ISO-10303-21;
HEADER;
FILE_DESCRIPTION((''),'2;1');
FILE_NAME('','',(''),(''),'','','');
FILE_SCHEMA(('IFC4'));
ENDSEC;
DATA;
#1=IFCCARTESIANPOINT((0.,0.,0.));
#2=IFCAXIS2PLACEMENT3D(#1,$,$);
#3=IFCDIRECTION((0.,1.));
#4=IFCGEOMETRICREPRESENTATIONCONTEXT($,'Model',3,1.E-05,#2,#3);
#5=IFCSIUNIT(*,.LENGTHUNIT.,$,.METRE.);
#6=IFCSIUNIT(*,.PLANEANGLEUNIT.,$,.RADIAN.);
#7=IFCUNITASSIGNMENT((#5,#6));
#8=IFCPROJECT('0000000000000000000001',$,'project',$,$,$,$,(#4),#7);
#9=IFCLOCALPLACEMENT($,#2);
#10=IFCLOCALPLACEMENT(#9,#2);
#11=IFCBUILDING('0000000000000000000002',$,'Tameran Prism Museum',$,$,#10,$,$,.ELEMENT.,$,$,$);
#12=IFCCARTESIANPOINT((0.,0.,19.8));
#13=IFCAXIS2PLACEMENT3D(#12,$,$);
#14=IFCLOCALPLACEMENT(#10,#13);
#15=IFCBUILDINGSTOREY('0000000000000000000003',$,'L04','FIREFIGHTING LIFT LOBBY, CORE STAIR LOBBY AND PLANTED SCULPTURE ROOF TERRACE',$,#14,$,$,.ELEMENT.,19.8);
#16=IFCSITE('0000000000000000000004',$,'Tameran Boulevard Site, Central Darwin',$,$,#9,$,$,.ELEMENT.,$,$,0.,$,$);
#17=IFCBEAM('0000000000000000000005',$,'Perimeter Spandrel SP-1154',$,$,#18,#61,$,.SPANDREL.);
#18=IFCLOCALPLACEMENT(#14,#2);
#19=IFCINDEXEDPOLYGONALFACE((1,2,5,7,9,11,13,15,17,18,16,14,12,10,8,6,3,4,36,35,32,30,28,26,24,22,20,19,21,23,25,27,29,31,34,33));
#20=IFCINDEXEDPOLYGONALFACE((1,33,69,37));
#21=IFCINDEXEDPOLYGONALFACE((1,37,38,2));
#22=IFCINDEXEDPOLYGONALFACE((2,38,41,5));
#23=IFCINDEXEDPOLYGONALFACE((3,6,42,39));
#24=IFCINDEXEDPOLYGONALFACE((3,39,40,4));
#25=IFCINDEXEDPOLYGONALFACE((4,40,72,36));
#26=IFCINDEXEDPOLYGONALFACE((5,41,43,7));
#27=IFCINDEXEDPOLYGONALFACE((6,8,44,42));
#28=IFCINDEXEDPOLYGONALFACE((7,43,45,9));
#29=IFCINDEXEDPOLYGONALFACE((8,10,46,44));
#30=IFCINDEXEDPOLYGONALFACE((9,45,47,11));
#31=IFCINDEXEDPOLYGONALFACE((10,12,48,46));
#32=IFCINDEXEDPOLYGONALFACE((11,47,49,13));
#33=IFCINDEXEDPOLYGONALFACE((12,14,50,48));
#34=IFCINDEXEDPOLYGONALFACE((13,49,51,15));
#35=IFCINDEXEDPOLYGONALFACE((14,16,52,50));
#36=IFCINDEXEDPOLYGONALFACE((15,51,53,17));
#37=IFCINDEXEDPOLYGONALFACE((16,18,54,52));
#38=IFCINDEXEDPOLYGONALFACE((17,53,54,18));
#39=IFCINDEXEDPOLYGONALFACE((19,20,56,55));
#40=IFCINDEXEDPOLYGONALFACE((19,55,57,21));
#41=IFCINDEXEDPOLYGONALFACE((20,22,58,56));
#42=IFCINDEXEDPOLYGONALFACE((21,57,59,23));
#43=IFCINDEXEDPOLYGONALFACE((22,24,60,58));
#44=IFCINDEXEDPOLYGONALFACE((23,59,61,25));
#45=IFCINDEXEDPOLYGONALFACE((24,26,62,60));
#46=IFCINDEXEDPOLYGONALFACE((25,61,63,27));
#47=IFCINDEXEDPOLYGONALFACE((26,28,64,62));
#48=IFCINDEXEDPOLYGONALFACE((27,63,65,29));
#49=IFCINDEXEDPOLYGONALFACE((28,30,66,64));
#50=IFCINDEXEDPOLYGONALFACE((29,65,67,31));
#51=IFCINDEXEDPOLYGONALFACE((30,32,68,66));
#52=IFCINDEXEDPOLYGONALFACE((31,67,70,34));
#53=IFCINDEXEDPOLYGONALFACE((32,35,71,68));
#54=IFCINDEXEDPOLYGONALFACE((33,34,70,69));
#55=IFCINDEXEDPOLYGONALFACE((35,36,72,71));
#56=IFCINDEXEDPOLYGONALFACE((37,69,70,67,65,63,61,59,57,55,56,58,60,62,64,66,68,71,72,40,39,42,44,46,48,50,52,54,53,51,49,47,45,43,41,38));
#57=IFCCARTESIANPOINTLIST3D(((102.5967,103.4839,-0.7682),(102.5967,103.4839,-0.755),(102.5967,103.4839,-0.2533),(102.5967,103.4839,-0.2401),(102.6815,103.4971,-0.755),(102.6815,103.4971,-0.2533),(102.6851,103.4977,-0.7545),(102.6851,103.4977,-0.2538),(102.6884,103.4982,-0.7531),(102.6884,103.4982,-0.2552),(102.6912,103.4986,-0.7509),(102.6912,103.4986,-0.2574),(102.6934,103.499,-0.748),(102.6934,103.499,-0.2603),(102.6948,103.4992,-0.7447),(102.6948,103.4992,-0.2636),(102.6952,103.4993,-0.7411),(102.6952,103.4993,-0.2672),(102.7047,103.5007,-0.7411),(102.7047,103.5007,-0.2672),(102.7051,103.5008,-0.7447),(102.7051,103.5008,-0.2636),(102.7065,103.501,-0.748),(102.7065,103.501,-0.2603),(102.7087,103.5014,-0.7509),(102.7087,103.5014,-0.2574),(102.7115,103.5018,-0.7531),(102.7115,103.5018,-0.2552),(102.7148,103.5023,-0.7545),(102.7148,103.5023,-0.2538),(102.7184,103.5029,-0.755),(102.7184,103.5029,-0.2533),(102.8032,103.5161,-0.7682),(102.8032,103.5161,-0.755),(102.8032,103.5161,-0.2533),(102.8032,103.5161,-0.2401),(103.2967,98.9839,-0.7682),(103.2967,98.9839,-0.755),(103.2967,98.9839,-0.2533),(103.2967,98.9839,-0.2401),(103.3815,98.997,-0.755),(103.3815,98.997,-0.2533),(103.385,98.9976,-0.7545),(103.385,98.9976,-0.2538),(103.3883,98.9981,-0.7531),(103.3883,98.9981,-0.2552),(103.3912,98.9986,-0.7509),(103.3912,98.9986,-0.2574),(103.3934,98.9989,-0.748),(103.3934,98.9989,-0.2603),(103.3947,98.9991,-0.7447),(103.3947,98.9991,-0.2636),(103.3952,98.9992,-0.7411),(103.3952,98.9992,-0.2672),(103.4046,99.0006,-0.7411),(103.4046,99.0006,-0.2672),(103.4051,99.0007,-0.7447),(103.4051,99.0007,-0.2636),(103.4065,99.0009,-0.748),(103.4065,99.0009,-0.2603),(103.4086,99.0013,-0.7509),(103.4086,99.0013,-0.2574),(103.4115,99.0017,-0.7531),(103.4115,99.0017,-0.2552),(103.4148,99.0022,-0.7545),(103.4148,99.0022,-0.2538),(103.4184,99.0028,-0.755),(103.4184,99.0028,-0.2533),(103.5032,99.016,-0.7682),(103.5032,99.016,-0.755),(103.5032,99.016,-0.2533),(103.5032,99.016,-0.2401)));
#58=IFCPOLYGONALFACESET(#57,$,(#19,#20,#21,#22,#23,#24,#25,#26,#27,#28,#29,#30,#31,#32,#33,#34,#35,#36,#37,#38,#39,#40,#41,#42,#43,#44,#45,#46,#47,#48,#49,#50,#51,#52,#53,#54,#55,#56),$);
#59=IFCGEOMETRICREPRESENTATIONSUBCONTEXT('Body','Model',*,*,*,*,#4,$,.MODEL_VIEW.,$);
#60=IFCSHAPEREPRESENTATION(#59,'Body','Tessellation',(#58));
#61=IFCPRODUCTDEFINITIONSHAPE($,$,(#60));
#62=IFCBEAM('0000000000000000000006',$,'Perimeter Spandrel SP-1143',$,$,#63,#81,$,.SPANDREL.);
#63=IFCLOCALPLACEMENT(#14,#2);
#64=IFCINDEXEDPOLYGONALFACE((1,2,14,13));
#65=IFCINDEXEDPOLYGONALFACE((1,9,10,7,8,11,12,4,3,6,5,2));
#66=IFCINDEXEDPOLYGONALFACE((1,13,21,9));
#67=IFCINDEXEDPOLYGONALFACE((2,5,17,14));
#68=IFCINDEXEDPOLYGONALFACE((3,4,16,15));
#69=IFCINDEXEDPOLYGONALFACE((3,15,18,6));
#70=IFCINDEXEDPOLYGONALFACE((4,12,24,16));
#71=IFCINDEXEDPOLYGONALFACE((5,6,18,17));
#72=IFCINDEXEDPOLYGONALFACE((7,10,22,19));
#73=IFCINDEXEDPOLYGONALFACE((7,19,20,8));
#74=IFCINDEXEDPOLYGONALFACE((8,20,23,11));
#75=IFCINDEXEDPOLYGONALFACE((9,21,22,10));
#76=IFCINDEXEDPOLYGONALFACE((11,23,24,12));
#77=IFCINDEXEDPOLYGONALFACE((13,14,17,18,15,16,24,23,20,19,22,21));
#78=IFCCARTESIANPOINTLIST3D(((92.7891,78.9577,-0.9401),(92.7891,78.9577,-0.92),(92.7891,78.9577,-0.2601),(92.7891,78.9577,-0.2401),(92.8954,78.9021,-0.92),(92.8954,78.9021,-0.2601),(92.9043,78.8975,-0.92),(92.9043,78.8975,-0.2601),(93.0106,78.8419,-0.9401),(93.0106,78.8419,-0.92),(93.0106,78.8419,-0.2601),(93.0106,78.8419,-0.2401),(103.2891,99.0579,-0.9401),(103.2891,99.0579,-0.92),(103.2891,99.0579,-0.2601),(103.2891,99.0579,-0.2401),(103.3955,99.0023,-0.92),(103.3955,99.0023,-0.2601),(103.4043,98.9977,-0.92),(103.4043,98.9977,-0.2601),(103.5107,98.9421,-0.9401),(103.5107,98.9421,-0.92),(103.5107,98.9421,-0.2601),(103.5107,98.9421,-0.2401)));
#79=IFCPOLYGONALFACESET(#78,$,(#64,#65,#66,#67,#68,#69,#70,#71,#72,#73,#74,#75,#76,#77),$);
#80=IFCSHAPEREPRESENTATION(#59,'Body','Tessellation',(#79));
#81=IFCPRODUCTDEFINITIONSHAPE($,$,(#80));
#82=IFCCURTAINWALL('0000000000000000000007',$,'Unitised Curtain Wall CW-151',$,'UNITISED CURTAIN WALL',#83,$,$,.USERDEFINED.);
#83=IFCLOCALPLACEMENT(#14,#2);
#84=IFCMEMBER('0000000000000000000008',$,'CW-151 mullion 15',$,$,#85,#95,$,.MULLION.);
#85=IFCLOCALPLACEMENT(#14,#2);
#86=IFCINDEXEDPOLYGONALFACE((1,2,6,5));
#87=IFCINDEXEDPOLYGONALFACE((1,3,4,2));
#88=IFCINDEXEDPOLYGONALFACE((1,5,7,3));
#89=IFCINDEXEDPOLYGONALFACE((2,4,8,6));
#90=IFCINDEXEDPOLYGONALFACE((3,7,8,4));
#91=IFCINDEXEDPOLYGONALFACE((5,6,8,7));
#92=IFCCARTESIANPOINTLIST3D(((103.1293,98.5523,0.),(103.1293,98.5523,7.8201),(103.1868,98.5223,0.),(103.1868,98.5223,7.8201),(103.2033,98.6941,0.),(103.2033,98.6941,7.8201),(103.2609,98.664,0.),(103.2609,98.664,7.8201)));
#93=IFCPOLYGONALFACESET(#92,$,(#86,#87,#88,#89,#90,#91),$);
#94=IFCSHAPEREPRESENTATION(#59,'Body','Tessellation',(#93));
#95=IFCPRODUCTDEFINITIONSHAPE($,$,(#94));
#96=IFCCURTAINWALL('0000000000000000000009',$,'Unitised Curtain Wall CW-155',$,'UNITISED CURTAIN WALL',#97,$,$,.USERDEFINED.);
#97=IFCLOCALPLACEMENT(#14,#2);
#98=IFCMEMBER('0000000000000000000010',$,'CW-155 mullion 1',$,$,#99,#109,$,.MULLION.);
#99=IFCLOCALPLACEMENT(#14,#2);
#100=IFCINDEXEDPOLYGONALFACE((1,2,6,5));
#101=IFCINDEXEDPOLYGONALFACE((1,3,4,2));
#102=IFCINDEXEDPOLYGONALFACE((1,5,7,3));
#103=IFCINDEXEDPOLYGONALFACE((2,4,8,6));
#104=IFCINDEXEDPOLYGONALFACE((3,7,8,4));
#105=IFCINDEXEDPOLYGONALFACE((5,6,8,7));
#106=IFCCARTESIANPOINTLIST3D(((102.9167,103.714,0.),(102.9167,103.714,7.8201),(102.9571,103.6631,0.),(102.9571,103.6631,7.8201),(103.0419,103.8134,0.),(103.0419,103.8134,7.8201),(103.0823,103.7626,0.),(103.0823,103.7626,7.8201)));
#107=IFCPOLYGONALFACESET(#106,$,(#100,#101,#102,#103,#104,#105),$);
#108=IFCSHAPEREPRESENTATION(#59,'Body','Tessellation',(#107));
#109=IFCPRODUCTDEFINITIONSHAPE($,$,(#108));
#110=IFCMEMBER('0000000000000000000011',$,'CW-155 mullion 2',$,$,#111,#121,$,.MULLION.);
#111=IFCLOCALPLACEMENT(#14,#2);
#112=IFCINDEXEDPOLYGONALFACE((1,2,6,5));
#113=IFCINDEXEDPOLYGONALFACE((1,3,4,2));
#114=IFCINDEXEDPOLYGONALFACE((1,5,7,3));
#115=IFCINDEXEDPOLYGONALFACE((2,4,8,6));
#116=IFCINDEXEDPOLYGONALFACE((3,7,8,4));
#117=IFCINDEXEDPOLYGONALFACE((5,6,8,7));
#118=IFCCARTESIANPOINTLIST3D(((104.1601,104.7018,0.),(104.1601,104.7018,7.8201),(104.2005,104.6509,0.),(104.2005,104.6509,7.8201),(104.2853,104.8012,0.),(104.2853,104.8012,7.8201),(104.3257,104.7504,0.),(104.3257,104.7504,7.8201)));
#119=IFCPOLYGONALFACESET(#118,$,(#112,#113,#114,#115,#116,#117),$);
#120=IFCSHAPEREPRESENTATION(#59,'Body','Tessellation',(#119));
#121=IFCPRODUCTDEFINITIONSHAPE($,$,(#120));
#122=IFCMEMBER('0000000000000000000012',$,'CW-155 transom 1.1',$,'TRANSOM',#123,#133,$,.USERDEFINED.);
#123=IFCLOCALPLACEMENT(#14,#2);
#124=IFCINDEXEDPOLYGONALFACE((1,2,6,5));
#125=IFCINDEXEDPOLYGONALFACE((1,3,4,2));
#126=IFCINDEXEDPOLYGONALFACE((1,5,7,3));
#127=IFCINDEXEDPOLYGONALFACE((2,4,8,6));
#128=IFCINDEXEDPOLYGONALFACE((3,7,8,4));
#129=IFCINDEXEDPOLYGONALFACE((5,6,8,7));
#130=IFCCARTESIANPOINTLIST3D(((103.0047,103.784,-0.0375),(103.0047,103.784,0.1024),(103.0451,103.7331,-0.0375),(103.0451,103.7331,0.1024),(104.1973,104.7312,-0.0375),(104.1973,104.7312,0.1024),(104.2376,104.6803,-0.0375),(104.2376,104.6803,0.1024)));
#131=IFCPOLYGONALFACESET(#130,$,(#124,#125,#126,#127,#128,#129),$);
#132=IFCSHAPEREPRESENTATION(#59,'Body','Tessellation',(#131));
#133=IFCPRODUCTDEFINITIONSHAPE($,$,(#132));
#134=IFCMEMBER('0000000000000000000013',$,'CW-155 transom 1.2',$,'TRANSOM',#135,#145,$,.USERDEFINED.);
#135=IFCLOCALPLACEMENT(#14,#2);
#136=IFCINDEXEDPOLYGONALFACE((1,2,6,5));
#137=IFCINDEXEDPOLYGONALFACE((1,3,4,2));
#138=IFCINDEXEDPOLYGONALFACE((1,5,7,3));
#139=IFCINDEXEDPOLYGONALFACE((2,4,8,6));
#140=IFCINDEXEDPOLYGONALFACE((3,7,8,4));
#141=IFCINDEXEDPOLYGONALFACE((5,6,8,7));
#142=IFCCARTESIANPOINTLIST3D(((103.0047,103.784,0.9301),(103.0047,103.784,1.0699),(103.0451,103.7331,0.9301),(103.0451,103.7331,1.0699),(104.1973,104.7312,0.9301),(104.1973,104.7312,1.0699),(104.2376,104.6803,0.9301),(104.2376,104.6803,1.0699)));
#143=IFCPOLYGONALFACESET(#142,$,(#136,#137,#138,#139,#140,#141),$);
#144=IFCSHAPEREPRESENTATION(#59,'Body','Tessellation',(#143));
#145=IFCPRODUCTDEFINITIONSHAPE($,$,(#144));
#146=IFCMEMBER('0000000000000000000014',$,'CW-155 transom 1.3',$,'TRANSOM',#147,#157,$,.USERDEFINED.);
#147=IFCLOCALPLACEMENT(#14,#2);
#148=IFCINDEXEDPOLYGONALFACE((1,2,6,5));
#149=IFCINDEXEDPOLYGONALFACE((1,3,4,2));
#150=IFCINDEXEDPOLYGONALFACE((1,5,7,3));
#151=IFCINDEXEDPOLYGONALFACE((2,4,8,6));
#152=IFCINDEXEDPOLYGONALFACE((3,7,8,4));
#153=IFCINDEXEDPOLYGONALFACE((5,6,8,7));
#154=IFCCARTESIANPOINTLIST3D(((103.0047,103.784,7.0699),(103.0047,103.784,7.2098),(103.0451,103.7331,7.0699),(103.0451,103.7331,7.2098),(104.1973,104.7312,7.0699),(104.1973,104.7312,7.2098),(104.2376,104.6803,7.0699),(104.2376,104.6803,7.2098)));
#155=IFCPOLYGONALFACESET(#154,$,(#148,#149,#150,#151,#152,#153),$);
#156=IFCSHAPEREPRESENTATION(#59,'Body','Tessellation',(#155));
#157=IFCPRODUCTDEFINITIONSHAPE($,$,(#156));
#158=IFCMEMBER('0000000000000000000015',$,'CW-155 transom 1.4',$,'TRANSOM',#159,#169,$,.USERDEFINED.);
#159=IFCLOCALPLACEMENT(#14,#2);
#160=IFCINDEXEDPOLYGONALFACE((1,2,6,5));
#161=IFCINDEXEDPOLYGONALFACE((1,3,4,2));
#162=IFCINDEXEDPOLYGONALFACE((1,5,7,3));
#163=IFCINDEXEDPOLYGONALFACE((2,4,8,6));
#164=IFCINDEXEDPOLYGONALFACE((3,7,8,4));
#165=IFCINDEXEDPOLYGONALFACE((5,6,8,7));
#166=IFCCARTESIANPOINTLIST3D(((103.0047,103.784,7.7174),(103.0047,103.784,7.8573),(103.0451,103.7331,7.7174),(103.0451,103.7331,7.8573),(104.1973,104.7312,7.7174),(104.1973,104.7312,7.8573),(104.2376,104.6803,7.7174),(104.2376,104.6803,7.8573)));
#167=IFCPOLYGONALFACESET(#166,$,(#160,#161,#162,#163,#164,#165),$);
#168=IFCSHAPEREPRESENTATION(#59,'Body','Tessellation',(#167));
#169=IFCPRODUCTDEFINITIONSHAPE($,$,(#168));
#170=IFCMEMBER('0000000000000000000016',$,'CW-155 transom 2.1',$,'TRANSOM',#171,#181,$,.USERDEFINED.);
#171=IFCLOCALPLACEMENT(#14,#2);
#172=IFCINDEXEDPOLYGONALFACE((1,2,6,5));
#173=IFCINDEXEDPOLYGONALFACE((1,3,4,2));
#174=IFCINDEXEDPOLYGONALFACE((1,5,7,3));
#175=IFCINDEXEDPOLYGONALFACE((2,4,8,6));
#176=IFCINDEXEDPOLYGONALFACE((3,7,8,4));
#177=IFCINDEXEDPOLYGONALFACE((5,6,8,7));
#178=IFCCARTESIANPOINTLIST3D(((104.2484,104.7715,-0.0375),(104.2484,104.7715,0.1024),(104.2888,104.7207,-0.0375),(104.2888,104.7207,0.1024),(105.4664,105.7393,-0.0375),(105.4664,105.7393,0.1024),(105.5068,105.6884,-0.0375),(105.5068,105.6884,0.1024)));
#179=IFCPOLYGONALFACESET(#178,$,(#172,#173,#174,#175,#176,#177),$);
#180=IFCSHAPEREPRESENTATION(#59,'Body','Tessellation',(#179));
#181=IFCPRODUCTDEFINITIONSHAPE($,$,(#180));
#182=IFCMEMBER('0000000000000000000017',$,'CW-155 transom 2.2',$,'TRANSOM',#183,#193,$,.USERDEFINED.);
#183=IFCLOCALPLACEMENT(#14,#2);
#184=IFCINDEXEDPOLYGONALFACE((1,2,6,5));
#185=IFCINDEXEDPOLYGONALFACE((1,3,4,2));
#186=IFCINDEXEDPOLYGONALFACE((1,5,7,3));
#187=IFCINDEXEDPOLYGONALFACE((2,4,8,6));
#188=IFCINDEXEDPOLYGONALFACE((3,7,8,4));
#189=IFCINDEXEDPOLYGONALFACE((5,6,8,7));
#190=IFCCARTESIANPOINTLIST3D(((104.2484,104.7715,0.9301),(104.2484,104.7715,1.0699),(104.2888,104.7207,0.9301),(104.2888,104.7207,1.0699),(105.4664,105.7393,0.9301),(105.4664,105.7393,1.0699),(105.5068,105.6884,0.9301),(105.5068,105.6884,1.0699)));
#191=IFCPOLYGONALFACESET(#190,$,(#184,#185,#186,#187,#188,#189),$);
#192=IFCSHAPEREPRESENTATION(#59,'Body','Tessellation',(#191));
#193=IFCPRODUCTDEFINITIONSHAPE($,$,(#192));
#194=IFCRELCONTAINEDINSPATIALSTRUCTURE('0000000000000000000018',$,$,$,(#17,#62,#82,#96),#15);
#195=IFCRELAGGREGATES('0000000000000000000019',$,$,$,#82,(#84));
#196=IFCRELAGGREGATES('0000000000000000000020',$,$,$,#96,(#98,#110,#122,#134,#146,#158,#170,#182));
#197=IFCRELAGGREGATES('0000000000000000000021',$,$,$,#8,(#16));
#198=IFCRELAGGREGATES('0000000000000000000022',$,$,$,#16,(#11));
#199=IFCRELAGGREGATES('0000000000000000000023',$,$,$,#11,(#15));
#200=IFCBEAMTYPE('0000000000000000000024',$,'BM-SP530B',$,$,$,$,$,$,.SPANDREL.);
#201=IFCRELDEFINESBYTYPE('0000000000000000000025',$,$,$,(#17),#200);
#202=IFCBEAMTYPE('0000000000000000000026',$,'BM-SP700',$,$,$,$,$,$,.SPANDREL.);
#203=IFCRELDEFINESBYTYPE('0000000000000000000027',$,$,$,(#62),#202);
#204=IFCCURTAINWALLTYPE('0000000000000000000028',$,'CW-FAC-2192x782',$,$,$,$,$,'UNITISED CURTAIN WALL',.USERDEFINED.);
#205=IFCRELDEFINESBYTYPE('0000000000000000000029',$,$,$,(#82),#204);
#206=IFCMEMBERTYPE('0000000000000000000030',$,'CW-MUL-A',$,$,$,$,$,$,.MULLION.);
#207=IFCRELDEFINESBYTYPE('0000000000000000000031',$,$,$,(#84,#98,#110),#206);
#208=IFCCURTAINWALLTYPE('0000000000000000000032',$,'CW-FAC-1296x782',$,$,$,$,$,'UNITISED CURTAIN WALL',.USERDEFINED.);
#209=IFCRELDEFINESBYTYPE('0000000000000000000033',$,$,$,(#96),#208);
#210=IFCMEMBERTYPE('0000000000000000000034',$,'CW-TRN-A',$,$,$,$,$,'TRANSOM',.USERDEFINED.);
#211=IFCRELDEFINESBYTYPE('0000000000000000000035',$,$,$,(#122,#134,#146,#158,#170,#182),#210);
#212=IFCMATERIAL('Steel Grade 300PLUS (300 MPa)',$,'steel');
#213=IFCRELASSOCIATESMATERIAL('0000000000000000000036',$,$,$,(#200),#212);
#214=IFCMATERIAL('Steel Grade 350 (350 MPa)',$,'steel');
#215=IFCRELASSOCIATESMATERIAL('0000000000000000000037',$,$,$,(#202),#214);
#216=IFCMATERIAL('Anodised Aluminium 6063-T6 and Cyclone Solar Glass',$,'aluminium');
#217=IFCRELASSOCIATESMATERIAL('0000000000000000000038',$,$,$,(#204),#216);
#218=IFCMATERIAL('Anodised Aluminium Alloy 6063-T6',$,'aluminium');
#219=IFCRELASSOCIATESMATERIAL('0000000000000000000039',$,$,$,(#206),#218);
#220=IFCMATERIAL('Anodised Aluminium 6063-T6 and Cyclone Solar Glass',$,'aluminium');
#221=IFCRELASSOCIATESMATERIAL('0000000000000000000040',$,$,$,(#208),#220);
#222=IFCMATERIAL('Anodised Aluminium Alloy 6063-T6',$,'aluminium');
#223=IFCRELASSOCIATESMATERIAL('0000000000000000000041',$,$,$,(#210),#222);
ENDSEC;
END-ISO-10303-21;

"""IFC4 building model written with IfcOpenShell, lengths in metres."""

from ifc_helpers import new_model, si_unit, direction, frame, origin, origin_2d, place, context, subcontext, project, spatial, rectangle, i_section, extrude, material, material_profile, profile_set, type_object, element, aggregate, save


model = new_model("IFC4")

# Units and contexts
model_context = context("Model", 3, precision=1e-05, world=origin(), true_north=direction((0.0, 1.0)))
body_context = subcontext(model_context, "Body", "Model", "MODEL_VIEW")
ifc_project = project(units=[si_unit("LENGTHUNIT", "METRE"), si_unit("PLANEANGLEUNIT", "RADIAN")], contexts=[model_context])

# Site, building, storey
site_placement = place(None, origin())
site = spatial("IfcSite", under=ifc_project, at=site_placement, Name="Tameran Boulevard Site, Central Darwin", CompositionType="ELEMENT", RefElevation=0.0)
building_placement = place(site_placement, origin())
building = spatial("IfcBuilding", under=site, at=building_placement, Name="Tameran Prism Museum", CompositionType="ELEMENT")
storey_placement = place(building_placement, frame((0.0, 0.0, 19.8)))
storey = spatial("IfcBuildingStorey", under=building, at=storey_placement, Name="L04", Description="FIREFIGHTING LIFT LOBBY, CORE STAIR LOBBY AND PLANTED SCULPTURE ROOF TERRACE", CompositionType="ELEMENT", Elevation=19.8)

# Beams
ifc_material_1 = material(Name="Steel Grade 300PLUS (300 MPa)", Category="steel")
ifc_material_profile_1 = material_profile(ifc_material_1, i_section(OverallWidth=0.209, OverallDepth=0.5281, WebThickness=0.0095, FlangeThickness=0.0132, FilletRadius=0.0139, at=origin_2d()))
ifc_profile_set_1 = profile_set([ifc_material_profile_1])
beam_type_1 = type_object("IfcBeamType", Name="BM-SP530B", PredefinedType="SPANDREL", material=ifc_profile_set_1)
beam_1_placement = place(storey_placement, frame((102.7, 103.5, -0.5042), z_axis=(0.153697, -0.988118, 0.0), x_axis=(0.988118, 0.153697, 0.0)))
element("IfcBeam", 1, at=beam_1_placement, inside=storey, type_object=beam_type_1, Name="Perimeter Spandrel SP-1154", PredefinedType="SPANDREL", context=body_context, shape_type="SweptSolid", body=[
    extrude(i_section(OverallWidth=0.209, OverallDepth=0.5281, WebThickness=0.0095, FlangeThickness=0.0132, FilletRadius=0.0139, at=origin_2d()), origin(), (0.0, 0.0, 1.0), 4.5542),
])
ifc_material_2 = material(Name="Steel Grade 350 (350 MPa)", Category="steel")
ifc_material_profile_2 = material_profile(ifc_material_2, i_section(OverallWidth=0.25, OverallDepth=0.7, WebThickness=0.01, FlangeThickness=0.02, at=origin_2d()))
ifc_profile_set_2 = profile_set([ifc_material_profile_2])
beam_type_2 = type_object("IfcBeamType", Name="BM-SP700", PredefinedType="SPANDREL", material=ifc_profile_set_2)
beam_2_placement = place(storey_placement, frame((103.3999, 99.0, -0.5901), z_axis=(-0.463016, -0.88635, 0.0), x_axis=(0.88635, -0.463016, 0.0)))
element("IfcBeam", 2, at=beam_2_placement, inside=storey, type_object=beam_type_2, Name="Perimeter Spandrel SP-1143", PredefinedType="SPANDREL", context=body_context, shape_type="SweptSolid", body=[
    extrude(i_section(OverallWidth=0.25, OverallDepth=0.7, WebThickness=0.01, FlangeThickness=0.02, at=origin_2d()), origin(), (0.0, 0.0, 1.0), 22.6775),
])

# Curtain wall, member
ifc_material_3 = material(Name="Anodised Aluminium 6063-T6 and Cyclone Solar Glass", Category="aluminium")
curtain_wall_type_1 = type_object("IfcCurtainWallType", Name="CW-FAC-2192x782", ElementType="UNITISED CURTAIN WALL", PredefinedType="USERDEFINED", material=ifc_material_3)
curtain_wall_1_placement = place(storey_placement, origin())
curtain_wall_1 = element("IfcCurtainWall", 3, at=curtain_wall_1_placement, inside=storey, type_object=curtain_wall_type_1, Name="Unitised Curtain Wall CW-151", ObjectType="UNITISED CURTAIN WALL", PredefinedType="USERDEFINED")
ifc_material_4 = material(Name="Anodised Aluminium Alloy 6063-T6", Category="aluminium")
ifc_material_profile_3 = material_profile(ifc_material_4, rectangle(XDim=0.0649, YDim=0.1599, at=origin_2d()))
ifc_profile_set_3 = profile_set([ifc_material_profile_3])
member_type_1 = type_object("IfcMemberType", Name="CW-MUL-A", PredefinedType="MULLION", material=ifc_profile_set_3)
member_1_placement = place(storey_placement, frame((103.1951, 98.6082, 0.0), z_axis=(0.0, 0.0, 1.0), x_axis=(-0.886357, 0.463003, 0.0)))
member_1 = element("IfcMember", 4, at=member_1_placement, type_object=member_type_1, Name="CW-151 mullion 15", PredefinedType="MULLION", context=body_context, shape_type="SweptSolid", body=[
    extrude(rectangle(XDim=0.0649, YDim=0.1599, at=origin_2d()), origin(), (0.0, 0.0, 1.0), 7.8201),
])

# Curtain wall, members
ifc_material_5 = material(Name="Anodised Aluminium 6063-T6 and Cyclone Solar Glass", Category="aluminium")
curtain_wall_type_2 = type_object("IfcCurtainWallType", Name="CW-FAC-1296x782", ElementType="UNITISED CURTAIN WALL", PredefinedType="USERDEFINED", material=ifc_material_5)
curtain_wall_2_placement = place(storey_placement, origin())
curtain_wall_2 = element("IfcCurtainWall", 5, at=curtain_wall_2_placement, inside=storey, type_object=curtain_wall_type_2, Name="Unitised Curtain Wall CW-155", ObjectType="UNITISED CURTAIN WALL", PredefinedType="USERDEFINED")
member_2_placement = place(storey_placement, frame((102.9995, 103.7383, 0.0), z_axis=(0.0, 0.0, 1.0), x_axis=(-0.621982, 0.783031, 0.0)))
member_2 = element("IfcMember", 6, at=member_2_placement, type_object=member_type_1, Name="CW-155 mullion 1", PredefinedType="MULLION", context=body_context, shape_type="SweptSolid", body=[
    extrude(rectangle(XDim=0.0649, YDim=0.1599, at=origin_2d()), origin(), (0.0, 0.0, 1.0), 7.8201),
])
member_3_placement = place(storey_placement, frame((104.2429, 104.7261, 0.0), z_axis=(0.0, 0.0, 1.0), x_axis=(-0.621982, 0.783031, 0.0)))
member_3 = element("IfcMember", 7, at=member_3_placement, type_object=member_type_1, Name="CW-155 mullion 2", PredefinedType="MULLION", context=body_context, shape_type="SweptSolid", body=[
    extrude(rectangle(XDim=0.0649, YDim=0.1599, at=origin_2d()), origin(), (0.0, 0.0, 1.0), 7.8201),
])
ifc_material_6 = material(Name="Anodised Aluminium Alloy 6063-T6", Category="aluminium")
ifc_material_profile_4 = material_profile(ifc_material_6, rectangle(XDim=0.0649, YDim=0.1399, at=origin_2d()))
ifc_profile_set_4 = profile_set([ifc_material_profile_4])
member_type_2 = type_object("IfcMemberType", Name="CW-TRN-A", ElementType="TRANSOM", PredefinedType="USERDEFINED", material=ifc_profile_set_4)
member_4_placement = place(storey_placement, frame((103.0249, 103.7585, 0.0325), z_axis=(0.783053, 0.621954, 0.0), x_axis=(-0.621954, 0.783053, 0.0)))
member_4 = element("IfcMember", 8, at=member_4_placement, type_object=member_type_2, Name="CW-155 transom 1.1", ObjectType="TRANSOM", PredefinedType="USERDEFINED", context=body_context, shape_type="SweptSolid", body=[
    extrude(rectangle(XDim=0.0649, YDim=0.1399, at=origin_2d()), origin(), (0.0, 0.0, 1.0), 1.5229),
])
member_5_placement = place(storey_placement, frame((103.0249, 103.7585, 1.0), z_axis=(0.783053, 0.621954, 0.0), x_axis=(-0.621954, 0.783053, 0.0)))
member_5 = element("IfcMember", 9, at=member_5_placement, type_object=member_type_2, Name="CW-155 transom 1.2", ObjectType="TRANSOM", PredefinedType="USERDEFINED", context=body_context, shape_type="SweptSolid", body=[
    extrude(rectangle(XDim=0.0649, YDim=0.1399, at=origin_2d()), origin(), (0.0, 0.0, 1.0), 1.5229),
])
member_6_placement = place(storey_placement, frame((103.0249, 103.7585, 7.1399), z_axis=(0.783053, 0.621954, 0.0), x_axis=(-0.621954, 0.783053, 0.0)))
member_6 = element("IfcMember", 10, at=member_6_placement, type_object=member_type_2, Name="CW-155 transom 1.3", ObjectType="TRANSOM", PredefinedType="USERDEFINED", context=body_context, shape_type="SweptSolid", body=[
    extrude(rectangle(XDim=0.0649, YDim=0.1399, at=origin_2d()), origin(), (0.0, 0.0, 1.0), 1.5229),
])
member_7_placement = place(storey_placement, frame((103.0249, 103.7585, 7.7874), z_axis=(0.783053, 0.621954, 0.0), x_axis=(-0.621954, 0.783053, 0.0)))
member_7 = element("IfcMember", 11, at=member_7_placement, type_object=member_type_2, Name="CW-155 transom 1.4", ObjectType="TRANSOM", PredefinedType="USERDEFINED", context=body_context, shape_type="SweptSolid", body=[
    extrude(rectangle(XDim=0.0649, YDim=0.1399, at=origin_2d()), origin(), (0.0, 0.0, 1.0), 1.5229),
])
member_8_placement = place(storey_placement, frame((104.2686, 104.7461, 0.0325), z_axis=(0.782947, 0.622089, 0.0), x_axis=(-0.622089, 0.782947, 0.0)))
member_8 = element("IfcMember", 12, at=member_8_placement, type_object=member_type_2, Name="CW-155 transom 2.1", ObjectType="TRANSOM", PredefinedType="USERDEFINED", context=body_context, shape_type="SweptSolid", body=[
    extrude(rectangle(XDim=0.0649, YDim=0.1399, at=origin_2d()), origin(), (0.0, 0.0, 1.0), 1.5557),
])
member_9_placement = place(storey_placement, frame((104.2686, 104.7461, 1.0), z_axis=(0.782947, 0.622089, 0.0), x_axis=(-0.622089, 0.782947, 0.0)))
member_9 = element("IfcMember", 13, at=member_9_placement, type_object=member_type_2, Name="CW-155 transom 2.2", ObjectType="TRANSOM", PredefinedType="USERDEFINED", context=body_context, shape_type="SweptSolid", body=[
    extrude(rectangle(XDim=0.0649, YDim=0.1399, at=origin_2d()), origin(), (0.0, 0.0, 1.0), 1.5557),
])

aggregate(curtain_wall_1, [member_1])
aggregate(curtain_wall_2, [member_2, member_3, member_4, member_5, member_6, member_7, member_8, member_9])

save(model, "model.ifc")
